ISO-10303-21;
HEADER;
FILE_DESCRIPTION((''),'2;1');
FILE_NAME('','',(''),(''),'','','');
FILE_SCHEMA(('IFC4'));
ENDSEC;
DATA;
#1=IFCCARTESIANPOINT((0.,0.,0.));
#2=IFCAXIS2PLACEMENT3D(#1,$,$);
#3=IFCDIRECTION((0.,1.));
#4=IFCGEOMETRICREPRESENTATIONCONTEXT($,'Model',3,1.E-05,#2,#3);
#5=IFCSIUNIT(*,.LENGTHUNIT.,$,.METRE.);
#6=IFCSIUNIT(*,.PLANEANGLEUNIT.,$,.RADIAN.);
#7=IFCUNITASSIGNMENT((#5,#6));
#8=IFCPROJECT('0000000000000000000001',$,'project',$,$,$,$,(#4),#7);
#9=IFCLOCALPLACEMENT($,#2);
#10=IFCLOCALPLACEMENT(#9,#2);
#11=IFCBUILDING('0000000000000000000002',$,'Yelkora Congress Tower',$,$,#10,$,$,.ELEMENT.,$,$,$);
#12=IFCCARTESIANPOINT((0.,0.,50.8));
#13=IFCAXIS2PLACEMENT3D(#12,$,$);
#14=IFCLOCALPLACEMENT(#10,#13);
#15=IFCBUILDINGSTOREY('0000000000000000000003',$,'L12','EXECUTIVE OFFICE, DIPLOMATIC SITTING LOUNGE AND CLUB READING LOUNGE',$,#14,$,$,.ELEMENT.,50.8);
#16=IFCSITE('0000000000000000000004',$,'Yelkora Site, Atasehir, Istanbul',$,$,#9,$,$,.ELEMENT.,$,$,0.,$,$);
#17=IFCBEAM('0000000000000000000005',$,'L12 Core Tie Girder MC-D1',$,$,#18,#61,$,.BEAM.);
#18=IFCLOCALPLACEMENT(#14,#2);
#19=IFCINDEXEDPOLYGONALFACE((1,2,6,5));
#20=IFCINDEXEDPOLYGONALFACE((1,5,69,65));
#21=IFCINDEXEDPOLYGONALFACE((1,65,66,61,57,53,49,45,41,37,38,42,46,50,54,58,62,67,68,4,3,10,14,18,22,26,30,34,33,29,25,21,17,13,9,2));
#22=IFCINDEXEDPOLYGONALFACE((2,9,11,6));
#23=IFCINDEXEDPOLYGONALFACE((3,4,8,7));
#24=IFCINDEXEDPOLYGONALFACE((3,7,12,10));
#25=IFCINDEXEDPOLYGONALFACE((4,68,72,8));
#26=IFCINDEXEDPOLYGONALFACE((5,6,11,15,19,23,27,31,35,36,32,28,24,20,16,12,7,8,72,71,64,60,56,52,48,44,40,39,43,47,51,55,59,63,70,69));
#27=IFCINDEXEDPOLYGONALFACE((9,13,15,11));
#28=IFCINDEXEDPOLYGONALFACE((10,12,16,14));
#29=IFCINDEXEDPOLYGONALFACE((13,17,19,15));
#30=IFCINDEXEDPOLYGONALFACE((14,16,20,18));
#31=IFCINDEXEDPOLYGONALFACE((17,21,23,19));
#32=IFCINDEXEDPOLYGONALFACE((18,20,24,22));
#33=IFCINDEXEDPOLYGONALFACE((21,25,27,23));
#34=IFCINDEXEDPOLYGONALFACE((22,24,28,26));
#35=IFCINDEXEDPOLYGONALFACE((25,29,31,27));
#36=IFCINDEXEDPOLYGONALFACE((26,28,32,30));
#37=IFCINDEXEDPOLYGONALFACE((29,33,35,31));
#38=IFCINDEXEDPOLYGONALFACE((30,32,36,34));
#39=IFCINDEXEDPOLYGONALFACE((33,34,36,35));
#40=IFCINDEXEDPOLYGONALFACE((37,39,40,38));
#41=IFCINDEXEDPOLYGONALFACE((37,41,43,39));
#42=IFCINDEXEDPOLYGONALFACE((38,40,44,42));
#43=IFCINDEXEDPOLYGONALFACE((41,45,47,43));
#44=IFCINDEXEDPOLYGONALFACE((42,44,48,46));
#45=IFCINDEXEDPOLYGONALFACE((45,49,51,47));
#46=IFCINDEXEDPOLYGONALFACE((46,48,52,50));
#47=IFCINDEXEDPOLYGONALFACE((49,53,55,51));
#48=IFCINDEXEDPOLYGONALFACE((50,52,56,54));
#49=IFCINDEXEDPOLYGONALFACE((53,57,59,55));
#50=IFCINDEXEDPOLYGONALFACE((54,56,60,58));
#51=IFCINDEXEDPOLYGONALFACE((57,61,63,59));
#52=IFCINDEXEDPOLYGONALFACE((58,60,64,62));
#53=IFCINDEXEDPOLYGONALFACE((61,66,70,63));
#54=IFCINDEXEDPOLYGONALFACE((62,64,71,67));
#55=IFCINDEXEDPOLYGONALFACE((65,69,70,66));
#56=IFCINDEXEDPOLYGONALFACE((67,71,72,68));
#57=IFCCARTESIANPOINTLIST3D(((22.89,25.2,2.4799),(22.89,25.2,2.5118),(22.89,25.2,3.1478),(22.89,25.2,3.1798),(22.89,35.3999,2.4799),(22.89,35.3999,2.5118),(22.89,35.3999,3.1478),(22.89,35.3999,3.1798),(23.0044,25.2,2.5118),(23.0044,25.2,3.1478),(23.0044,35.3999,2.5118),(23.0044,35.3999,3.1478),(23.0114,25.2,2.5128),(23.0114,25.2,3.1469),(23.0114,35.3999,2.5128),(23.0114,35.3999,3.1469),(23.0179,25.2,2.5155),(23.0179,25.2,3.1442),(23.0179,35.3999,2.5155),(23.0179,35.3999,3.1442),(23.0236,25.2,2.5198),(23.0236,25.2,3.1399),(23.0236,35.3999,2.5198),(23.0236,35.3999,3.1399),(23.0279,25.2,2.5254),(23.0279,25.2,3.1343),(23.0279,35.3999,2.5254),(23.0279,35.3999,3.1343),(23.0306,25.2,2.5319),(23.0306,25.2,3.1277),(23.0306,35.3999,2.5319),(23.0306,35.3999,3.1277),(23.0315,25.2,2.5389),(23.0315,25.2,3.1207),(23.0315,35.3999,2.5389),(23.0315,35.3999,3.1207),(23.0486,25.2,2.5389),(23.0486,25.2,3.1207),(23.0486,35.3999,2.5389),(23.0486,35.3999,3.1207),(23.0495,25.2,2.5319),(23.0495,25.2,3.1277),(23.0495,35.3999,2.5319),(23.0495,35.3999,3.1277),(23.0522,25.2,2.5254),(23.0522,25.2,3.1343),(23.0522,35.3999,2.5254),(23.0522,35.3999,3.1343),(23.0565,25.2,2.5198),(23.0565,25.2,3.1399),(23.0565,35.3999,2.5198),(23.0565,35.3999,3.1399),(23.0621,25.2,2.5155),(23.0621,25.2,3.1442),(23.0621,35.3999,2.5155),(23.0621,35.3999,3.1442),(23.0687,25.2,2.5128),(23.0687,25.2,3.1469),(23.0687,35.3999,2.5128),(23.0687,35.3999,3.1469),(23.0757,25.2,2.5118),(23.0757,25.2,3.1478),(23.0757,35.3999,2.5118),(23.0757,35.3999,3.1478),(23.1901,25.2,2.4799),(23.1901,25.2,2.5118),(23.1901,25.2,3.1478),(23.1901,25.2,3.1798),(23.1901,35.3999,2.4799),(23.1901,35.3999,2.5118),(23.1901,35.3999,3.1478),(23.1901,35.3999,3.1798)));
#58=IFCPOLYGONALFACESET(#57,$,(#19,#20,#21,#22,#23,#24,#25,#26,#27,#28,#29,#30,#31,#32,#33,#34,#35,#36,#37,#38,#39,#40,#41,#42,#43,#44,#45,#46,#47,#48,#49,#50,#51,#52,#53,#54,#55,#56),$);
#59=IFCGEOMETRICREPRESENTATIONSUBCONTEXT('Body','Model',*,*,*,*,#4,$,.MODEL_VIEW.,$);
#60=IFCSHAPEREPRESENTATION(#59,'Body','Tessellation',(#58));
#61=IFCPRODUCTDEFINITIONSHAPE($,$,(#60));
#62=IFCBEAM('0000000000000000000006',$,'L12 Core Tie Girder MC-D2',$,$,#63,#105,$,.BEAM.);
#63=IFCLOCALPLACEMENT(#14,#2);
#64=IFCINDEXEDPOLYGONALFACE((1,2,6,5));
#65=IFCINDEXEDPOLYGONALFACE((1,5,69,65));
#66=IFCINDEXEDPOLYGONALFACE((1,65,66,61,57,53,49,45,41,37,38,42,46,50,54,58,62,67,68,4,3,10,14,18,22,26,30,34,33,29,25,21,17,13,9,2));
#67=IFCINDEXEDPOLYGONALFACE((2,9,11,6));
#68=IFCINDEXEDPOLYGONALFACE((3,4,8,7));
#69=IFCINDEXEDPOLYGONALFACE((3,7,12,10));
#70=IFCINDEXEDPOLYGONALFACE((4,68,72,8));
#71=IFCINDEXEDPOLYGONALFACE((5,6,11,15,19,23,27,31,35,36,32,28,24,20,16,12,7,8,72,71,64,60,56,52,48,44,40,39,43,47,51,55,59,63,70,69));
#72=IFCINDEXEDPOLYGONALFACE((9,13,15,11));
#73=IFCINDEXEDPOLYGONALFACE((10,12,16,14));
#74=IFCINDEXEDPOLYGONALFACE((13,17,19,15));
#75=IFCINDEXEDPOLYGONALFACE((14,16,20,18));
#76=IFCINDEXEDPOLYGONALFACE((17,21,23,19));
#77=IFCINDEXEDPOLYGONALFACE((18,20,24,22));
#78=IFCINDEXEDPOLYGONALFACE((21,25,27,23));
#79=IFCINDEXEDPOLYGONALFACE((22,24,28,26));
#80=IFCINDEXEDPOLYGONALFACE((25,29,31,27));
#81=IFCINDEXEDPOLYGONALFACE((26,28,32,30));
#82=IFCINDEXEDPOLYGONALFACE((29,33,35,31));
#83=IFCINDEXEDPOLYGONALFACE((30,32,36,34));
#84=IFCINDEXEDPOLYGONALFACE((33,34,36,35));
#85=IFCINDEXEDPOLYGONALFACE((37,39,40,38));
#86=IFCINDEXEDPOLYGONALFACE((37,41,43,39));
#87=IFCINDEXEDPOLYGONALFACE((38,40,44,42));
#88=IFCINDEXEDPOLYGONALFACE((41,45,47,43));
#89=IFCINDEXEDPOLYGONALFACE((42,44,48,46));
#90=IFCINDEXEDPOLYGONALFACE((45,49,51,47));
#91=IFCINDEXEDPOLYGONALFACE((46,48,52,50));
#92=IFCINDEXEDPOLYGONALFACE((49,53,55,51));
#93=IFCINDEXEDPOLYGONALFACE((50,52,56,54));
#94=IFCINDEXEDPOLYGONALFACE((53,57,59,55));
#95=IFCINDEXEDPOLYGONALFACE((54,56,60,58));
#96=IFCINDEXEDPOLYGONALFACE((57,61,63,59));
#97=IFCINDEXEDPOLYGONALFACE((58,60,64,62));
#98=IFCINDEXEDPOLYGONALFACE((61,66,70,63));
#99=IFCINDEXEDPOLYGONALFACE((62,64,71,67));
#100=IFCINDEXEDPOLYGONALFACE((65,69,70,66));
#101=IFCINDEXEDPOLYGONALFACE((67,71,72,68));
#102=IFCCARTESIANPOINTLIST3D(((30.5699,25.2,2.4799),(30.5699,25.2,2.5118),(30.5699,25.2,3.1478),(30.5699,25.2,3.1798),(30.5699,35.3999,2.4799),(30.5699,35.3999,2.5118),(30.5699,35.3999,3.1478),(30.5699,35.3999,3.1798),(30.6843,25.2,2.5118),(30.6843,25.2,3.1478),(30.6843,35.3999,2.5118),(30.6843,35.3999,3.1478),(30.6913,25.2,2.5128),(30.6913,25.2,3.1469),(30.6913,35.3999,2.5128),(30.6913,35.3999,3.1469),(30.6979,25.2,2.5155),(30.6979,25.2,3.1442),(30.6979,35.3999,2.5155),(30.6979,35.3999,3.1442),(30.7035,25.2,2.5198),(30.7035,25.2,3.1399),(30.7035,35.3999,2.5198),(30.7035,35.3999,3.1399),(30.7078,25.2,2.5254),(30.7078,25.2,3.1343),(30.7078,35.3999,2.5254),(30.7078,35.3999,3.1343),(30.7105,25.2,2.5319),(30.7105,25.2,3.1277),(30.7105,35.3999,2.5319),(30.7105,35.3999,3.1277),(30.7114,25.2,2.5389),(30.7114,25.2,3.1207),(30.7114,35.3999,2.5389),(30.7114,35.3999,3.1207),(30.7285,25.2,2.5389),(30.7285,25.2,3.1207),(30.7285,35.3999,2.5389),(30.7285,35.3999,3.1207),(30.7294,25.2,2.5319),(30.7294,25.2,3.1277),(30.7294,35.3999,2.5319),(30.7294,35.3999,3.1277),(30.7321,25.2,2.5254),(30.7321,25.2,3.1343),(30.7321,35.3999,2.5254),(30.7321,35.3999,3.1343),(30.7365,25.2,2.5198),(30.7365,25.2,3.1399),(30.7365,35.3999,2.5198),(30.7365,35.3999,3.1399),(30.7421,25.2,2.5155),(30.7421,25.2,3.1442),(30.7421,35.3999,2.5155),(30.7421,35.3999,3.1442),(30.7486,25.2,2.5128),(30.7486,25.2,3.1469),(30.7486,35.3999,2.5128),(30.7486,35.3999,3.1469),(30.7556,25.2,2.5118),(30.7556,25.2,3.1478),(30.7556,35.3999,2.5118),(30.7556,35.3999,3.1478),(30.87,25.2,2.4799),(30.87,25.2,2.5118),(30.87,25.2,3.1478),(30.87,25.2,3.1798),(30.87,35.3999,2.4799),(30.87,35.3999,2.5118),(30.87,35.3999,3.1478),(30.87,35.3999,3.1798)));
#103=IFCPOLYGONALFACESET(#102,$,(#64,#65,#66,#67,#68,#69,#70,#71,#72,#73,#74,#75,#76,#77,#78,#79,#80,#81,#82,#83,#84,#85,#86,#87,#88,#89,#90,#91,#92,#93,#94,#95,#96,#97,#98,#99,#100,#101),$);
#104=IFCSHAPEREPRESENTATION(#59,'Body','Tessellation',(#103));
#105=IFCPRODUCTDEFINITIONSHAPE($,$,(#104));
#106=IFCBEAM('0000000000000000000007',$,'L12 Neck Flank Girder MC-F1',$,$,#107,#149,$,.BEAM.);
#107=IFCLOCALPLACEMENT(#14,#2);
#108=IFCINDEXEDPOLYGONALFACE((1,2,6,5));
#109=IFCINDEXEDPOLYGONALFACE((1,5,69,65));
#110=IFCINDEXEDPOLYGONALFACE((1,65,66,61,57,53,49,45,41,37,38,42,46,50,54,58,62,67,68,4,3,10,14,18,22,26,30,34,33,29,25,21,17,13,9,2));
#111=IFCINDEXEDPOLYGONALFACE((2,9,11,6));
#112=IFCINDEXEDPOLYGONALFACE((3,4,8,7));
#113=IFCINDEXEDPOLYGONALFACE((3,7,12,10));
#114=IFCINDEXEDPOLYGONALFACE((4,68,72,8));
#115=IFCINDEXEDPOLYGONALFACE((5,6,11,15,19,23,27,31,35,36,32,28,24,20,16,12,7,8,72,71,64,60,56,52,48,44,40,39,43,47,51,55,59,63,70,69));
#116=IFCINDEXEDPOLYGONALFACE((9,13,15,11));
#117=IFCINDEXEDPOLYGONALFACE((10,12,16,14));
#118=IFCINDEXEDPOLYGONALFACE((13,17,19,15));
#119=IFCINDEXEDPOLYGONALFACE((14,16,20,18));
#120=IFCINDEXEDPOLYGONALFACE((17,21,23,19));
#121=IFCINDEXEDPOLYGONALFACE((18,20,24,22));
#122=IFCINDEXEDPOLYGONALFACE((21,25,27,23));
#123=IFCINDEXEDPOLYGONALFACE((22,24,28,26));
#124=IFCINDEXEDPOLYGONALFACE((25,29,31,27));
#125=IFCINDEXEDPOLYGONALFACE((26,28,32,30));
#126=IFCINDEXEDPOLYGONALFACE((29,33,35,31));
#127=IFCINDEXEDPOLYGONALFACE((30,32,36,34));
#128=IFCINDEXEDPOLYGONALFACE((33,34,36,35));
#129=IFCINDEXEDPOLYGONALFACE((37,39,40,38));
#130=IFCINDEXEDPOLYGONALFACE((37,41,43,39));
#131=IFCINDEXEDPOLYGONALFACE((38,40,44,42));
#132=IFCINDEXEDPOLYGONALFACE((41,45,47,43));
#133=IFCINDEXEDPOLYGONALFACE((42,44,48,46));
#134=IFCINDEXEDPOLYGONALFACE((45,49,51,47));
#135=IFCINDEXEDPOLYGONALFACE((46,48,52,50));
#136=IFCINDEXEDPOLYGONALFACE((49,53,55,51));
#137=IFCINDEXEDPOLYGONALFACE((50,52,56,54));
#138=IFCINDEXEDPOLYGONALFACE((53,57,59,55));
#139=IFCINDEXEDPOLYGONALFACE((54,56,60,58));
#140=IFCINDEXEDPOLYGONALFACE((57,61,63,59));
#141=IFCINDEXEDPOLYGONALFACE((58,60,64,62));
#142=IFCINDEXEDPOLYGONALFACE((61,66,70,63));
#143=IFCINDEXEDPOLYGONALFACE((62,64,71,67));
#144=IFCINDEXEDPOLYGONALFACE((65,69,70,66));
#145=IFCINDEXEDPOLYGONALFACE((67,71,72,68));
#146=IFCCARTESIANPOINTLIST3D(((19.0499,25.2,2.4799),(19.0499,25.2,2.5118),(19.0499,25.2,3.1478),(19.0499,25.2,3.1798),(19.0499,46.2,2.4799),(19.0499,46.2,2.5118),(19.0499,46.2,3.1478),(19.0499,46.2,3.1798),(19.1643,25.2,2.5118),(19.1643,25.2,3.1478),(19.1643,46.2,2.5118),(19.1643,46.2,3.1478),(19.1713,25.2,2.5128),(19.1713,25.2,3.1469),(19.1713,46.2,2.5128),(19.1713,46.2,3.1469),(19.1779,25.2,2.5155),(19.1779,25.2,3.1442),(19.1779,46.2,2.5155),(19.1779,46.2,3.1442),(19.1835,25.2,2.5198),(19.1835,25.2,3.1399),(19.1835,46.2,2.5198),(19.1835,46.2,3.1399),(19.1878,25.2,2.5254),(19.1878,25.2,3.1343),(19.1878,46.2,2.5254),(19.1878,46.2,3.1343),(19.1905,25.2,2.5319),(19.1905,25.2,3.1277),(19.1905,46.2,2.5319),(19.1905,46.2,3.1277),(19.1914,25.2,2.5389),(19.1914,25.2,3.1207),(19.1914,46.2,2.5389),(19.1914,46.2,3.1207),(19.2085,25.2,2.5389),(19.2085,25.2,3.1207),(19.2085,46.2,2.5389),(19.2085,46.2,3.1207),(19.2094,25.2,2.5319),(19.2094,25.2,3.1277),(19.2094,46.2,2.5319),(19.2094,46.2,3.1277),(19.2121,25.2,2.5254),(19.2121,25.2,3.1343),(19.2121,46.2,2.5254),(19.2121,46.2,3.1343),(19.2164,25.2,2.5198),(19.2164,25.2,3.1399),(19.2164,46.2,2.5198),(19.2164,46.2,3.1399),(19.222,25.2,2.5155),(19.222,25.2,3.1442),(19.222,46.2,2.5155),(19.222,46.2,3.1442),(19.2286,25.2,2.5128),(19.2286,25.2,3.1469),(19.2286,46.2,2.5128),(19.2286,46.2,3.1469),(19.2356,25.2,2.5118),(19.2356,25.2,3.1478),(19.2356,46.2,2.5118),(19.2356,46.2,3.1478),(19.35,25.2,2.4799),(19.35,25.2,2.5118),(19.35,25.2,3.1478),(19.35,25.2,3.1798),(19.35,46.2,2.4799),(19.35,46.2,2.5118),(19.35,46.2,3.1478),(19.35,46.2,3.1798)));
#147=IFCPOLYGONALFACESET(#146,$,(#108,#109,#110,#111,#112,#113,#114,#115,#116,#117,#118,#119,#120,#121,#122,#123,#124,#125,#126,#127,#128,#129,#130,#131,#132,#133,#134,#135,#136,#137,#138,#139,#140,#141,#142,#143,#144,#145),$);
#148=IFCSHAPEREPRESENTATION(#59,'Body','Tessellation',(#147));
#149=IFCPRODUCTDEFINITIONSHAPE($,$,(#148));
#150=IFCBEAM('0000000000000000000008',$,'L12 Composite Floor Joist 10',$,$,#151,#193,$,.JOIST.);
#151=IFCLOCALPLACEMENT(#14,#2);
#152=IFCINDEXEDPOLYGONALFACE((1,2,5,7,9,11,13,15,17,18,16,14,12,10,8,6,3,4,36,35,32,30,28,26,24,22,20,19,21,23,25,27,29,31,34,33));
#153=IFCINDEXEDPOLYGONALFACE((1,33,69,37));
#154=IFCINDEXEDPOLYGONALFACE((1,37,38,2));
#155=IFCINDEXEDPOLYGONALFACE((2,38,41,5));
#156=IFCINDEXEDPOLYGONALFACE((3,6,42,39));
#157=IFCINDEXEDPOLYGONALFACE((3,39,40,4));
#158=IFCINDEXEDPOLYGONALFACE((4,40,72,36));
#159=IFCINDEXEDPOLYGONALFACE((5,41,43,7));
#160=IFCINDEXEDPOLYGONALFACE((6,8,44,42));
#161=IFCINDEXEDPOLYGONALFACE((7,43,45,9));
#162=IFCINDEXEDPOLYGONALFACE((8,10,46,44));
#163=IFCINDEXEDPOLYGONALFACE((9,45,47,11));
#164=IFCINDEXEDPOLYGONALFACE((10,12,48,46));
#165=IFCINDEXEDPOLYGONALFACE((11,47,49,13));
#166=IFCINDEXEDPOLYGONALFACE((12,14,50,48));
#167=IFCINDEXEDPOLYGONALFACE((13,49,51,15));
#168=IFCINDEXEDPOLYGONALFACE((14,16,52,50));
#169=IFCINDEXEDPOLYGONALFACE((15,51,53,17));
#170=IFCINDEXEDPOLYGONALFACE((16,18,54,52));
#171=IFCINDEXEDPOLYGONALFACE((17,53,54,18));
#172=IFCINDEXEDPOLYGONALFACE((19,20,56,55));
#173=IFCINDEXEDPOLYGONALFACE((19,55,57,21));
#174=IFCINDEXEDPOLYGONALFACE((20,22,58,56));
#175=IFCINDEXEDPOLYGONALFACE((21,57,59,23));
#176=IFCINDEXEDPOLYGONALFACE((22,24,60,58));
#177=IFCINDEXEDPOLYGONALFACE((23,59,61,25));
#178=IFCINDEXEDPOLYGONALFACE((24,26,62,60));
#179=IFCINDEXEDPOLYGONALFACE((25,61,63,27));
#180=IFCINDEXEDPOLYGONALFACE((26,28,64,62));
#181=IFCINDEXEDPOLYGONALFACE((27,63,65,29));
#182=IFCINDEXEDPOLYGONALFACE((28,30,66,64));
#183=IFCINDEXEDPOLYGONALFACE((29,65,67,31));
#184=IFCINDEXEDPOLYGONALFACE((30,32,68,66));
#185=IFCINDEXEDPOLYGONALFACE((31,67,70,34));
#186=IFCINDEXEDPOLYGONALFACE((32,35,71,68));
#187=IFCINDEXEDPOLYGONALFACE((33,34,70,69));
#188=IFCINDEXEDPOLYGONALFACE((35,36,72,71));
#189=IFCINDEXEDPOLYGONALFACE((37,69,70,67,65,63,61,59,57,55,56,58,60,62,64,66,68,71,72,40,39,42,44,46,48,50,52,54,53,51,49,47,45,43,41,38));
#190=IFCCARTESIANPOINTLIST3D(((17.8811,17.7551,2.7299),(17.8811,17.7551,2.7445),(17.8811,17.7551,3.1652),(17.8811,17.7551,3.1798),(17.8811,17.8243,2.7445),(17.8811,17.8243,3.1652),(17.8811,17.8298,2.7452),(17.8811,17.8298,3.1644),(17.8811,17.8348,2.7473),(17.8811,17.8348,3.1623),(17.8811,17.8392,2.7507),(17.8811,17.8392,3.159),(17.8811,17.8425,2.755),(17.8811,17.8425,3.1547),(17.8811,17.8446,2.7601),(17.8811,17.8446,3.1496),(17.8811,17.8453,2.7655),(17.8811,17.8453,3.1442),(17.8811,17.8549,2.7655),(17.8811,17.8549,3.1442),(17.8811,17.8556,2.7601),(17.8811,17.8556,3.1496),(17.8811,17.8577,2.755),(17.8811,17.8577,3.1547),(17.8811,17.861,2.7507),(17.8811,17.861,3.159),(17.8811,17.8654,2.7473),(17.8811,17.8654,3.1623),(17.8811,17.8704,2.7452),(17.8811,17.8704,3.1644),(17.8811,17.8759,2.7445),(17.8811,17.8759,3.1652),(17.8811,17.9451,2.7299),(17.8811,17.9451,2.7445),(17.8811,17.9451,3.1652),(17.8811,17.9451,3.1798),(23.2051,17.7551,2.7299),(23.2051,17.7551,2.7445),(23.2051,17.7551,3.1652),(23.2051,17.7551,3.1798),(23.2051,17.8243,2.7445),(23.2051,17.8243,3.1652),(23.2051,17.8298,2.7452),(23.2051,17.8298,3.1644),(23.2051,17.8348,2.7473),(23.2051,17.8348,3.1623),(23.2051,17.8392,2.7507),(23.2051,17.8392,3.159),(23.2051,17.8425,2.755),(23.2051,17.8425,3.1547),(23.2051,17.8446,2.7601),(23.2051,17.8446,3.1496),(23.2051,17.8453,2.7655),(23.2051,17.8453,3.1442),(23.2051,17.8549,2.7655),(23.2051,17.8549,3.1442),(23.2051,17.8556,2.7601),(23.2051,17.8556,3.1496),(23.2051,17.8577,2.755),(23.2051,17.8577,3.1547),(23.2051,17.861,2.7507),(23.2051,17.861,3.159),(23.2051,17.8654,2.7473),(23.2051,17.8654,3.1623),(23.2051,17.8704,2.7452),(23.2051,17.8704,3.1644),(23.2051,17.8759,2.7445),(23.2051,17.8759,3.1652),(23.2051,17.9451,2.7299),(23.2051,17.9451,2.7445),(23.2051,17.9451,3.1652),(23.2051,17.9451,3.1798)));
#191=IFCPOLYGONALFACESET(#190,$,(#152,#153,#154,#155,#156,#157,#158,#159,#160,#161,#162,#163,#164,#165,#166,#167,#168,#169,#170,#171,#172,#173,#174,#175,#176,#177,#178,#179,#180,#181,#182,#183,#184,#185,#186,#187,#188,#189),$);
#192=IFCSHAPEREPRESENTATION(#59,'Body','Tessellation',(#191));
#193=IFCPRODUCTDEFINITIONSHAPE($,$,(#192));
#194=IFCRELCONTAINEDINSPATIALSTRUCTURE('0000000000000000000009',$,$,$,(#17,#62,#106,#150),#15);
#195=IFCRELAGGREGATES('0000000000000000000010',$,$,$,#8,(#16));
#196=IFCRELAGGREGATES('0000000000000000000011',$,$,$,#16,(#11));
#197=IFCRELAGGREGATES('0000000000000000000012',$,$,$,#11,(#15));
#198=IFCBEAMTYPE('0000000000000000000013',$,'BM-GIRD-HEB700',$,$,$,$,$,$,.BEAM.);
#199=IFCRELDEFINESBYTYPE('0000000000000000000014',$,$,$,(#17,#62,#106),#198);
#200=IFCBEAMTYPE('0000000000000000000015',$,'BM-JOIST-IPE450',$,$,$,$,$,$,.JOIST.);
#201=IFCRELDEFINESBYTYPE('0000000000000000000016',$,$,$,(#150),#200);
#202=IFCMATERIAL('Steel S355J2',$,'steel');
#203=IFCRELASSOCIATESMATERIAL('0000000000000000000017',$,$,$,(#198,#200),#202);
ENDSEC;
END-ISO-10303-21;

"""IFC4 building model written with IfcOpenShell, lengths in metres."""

from ifc_helpers import new_model, si_unit, direction, frame, origin, origin_2d, place, context, subcontext, project, spatial, i_section, extrude, material, material_profile, profile_set, type_object, element, save


model = new_model("IFC4")

# Units and contexts
model_context = context("Model", 3, precision=1e-05, world=origin(), true_north=direction((0.0, 1.0)))
body_context = subcontext(model_context, "Body", "Model", "MODEL_VIEW")
ifc_project = project(units=[si_unit("LENGTHUNIT", "METRE"), si_unit("PLANEANGLEUNIT", "RADIAN")], contexts=[model_context])

# Site, building, storey
site_placement = place(None, origin())
site = spatial("IfcSite", under=ifc_project, at=site_placement, Name="Yelkora Site, Atasehir, Istanbul", CompositionType="ELEMENT", RefElevation=0.0)
building_placement = place(site_placement, origin())
building = spatial("IfcBuilding", under=site, at=building_placement, Name="Yelkora Congress Tower", CompositionType="ELEMENT")
storey_placement = place(building_placement, frame((0.0, 0.0, 50.8)))
storey = spatial("IfcBuildingStorey", under=building, at=storey_placement, Name="L12", Description="EXECUTIVE OFFICE, DIPLOMATIC SITTING LOUNGE AND CLUB READING LOUNGE", CompositionType="ELEMENT", Elevation=50.8)

# Beams
ifc_material_1 = material(Name="Steel S355J2", Category="steel")
ifc_material_profile_1 = material_profile(ifc_material_1, i_section(OverallWidth=0.3, OverallDepth=0.7, WebThickness=0.0171, FlangeThickness=0.032, FilletRadius=0.0271, at=origin_2d()), Name="HEB 700")
ifc_profile_set_1 = profile_set([ifc_material_profile_1], Name="Steel S355J2")
beam_type_1 = type_object("IfcBeamType", Name="BM-GIRD-HEB700", PredefinedType="BEAM", material=ifc_profile_set_1)
for number, where, z_axis, x_axis, name in (
    (1, (23.04, 25.2, 2.8298), (0.0, 1.0, 0.0), (-1.0, 0.0, 0.0), "L12 Core Tie Girder MC-D1"),
    (2, (30.72, 25.2, 2.8298), (0.0, 1.0, 0.0), (-1.0, 0.0, 0.0), "L12 Core Tie Girder MC-D2"),
):
    element("IfcBeam", number, at=place(storey_placement, frame(where, z_axis=z_axis, x_axis=x_axis)), inside=storey, type_object=beam_type_1, Name=name, PredefinedType="BEAM", context=body_context, shape_type="SweptSolid", body=[
        extrude(i_section(OverallWidth=0.3, OverallDepth=0.7, WebThickness=0.0171, FlangeThickness=0.032, FilletRadius=0.0271, at=origin_2d()), origin(), (0.0, 0.0, 1.0), 10.2),
    ])
beam_1_placement = place(storey_placement, frame((19.2, 25.2, 2.8298), z_axis=(0.0, 1.0, 0.0), x_axis=(-1.0, 0.0, 0.0)))
element("IfcBeam", 3, at=beam_1_placement, inside=storey, type_object=beam_type_1, Name="L12 Neck Flank Girder MC-F1", PredefinedType="BEAM", context=body_context, shape_type="SweptSolid", body=[
    extrude(i_section(OverallWidth=0.3, OverallDepth=0.7, WebThickness=0.0171, FlangeThickness=0.032, FilletRadius=0.0271, at=origin_2d()), origin(), (0.0, 0.0, 1.0), 21.0),
])
ifc_material_profile_2 = material_profile(ifc_material_1, i_section(OverallWidth=0.1899, OverallDepth=0.45, WebThickness=0.0095, FlangeThickness=0.0146, FilletRadius=0.021, at=origin_2d()), Name="IPE 450")
ifc_profile_set_2 = profile_set([ifc_material_profile_2], Name="Steel S355J2")
beam_type_2 = type_object("IfcBeamType", Name="BM-JOIST-IPE450", PredefinedType="JOIST", material=ifc_profile_set_2)
beam_2_placement = place(storey_placement, frame((17.8811, 17.8501, 2.9548), z_axis=(1.0, 0.0, 0.0), x_axis=(0.0, 1.0, 0.0)))
element("IfcBeam", 4, at=beam_2_placement, inside=storey, type_object=beam_type_2, Name="L12 Composite Floor Joist 10", PredefinedType="JOIST", context=body_context, shape_type="SweptSolid", body=[
    extrude(i_section(OverallWidth=0.1899, OverallDepth=0.45, WebThickness=0.0095, FlangeThickness=0.0146, FilletRadius=0.021, at=origin_2d()), origin(), (0.0, 0.0, 1.0), 5.324),
])

save(model, "model.ifc")
